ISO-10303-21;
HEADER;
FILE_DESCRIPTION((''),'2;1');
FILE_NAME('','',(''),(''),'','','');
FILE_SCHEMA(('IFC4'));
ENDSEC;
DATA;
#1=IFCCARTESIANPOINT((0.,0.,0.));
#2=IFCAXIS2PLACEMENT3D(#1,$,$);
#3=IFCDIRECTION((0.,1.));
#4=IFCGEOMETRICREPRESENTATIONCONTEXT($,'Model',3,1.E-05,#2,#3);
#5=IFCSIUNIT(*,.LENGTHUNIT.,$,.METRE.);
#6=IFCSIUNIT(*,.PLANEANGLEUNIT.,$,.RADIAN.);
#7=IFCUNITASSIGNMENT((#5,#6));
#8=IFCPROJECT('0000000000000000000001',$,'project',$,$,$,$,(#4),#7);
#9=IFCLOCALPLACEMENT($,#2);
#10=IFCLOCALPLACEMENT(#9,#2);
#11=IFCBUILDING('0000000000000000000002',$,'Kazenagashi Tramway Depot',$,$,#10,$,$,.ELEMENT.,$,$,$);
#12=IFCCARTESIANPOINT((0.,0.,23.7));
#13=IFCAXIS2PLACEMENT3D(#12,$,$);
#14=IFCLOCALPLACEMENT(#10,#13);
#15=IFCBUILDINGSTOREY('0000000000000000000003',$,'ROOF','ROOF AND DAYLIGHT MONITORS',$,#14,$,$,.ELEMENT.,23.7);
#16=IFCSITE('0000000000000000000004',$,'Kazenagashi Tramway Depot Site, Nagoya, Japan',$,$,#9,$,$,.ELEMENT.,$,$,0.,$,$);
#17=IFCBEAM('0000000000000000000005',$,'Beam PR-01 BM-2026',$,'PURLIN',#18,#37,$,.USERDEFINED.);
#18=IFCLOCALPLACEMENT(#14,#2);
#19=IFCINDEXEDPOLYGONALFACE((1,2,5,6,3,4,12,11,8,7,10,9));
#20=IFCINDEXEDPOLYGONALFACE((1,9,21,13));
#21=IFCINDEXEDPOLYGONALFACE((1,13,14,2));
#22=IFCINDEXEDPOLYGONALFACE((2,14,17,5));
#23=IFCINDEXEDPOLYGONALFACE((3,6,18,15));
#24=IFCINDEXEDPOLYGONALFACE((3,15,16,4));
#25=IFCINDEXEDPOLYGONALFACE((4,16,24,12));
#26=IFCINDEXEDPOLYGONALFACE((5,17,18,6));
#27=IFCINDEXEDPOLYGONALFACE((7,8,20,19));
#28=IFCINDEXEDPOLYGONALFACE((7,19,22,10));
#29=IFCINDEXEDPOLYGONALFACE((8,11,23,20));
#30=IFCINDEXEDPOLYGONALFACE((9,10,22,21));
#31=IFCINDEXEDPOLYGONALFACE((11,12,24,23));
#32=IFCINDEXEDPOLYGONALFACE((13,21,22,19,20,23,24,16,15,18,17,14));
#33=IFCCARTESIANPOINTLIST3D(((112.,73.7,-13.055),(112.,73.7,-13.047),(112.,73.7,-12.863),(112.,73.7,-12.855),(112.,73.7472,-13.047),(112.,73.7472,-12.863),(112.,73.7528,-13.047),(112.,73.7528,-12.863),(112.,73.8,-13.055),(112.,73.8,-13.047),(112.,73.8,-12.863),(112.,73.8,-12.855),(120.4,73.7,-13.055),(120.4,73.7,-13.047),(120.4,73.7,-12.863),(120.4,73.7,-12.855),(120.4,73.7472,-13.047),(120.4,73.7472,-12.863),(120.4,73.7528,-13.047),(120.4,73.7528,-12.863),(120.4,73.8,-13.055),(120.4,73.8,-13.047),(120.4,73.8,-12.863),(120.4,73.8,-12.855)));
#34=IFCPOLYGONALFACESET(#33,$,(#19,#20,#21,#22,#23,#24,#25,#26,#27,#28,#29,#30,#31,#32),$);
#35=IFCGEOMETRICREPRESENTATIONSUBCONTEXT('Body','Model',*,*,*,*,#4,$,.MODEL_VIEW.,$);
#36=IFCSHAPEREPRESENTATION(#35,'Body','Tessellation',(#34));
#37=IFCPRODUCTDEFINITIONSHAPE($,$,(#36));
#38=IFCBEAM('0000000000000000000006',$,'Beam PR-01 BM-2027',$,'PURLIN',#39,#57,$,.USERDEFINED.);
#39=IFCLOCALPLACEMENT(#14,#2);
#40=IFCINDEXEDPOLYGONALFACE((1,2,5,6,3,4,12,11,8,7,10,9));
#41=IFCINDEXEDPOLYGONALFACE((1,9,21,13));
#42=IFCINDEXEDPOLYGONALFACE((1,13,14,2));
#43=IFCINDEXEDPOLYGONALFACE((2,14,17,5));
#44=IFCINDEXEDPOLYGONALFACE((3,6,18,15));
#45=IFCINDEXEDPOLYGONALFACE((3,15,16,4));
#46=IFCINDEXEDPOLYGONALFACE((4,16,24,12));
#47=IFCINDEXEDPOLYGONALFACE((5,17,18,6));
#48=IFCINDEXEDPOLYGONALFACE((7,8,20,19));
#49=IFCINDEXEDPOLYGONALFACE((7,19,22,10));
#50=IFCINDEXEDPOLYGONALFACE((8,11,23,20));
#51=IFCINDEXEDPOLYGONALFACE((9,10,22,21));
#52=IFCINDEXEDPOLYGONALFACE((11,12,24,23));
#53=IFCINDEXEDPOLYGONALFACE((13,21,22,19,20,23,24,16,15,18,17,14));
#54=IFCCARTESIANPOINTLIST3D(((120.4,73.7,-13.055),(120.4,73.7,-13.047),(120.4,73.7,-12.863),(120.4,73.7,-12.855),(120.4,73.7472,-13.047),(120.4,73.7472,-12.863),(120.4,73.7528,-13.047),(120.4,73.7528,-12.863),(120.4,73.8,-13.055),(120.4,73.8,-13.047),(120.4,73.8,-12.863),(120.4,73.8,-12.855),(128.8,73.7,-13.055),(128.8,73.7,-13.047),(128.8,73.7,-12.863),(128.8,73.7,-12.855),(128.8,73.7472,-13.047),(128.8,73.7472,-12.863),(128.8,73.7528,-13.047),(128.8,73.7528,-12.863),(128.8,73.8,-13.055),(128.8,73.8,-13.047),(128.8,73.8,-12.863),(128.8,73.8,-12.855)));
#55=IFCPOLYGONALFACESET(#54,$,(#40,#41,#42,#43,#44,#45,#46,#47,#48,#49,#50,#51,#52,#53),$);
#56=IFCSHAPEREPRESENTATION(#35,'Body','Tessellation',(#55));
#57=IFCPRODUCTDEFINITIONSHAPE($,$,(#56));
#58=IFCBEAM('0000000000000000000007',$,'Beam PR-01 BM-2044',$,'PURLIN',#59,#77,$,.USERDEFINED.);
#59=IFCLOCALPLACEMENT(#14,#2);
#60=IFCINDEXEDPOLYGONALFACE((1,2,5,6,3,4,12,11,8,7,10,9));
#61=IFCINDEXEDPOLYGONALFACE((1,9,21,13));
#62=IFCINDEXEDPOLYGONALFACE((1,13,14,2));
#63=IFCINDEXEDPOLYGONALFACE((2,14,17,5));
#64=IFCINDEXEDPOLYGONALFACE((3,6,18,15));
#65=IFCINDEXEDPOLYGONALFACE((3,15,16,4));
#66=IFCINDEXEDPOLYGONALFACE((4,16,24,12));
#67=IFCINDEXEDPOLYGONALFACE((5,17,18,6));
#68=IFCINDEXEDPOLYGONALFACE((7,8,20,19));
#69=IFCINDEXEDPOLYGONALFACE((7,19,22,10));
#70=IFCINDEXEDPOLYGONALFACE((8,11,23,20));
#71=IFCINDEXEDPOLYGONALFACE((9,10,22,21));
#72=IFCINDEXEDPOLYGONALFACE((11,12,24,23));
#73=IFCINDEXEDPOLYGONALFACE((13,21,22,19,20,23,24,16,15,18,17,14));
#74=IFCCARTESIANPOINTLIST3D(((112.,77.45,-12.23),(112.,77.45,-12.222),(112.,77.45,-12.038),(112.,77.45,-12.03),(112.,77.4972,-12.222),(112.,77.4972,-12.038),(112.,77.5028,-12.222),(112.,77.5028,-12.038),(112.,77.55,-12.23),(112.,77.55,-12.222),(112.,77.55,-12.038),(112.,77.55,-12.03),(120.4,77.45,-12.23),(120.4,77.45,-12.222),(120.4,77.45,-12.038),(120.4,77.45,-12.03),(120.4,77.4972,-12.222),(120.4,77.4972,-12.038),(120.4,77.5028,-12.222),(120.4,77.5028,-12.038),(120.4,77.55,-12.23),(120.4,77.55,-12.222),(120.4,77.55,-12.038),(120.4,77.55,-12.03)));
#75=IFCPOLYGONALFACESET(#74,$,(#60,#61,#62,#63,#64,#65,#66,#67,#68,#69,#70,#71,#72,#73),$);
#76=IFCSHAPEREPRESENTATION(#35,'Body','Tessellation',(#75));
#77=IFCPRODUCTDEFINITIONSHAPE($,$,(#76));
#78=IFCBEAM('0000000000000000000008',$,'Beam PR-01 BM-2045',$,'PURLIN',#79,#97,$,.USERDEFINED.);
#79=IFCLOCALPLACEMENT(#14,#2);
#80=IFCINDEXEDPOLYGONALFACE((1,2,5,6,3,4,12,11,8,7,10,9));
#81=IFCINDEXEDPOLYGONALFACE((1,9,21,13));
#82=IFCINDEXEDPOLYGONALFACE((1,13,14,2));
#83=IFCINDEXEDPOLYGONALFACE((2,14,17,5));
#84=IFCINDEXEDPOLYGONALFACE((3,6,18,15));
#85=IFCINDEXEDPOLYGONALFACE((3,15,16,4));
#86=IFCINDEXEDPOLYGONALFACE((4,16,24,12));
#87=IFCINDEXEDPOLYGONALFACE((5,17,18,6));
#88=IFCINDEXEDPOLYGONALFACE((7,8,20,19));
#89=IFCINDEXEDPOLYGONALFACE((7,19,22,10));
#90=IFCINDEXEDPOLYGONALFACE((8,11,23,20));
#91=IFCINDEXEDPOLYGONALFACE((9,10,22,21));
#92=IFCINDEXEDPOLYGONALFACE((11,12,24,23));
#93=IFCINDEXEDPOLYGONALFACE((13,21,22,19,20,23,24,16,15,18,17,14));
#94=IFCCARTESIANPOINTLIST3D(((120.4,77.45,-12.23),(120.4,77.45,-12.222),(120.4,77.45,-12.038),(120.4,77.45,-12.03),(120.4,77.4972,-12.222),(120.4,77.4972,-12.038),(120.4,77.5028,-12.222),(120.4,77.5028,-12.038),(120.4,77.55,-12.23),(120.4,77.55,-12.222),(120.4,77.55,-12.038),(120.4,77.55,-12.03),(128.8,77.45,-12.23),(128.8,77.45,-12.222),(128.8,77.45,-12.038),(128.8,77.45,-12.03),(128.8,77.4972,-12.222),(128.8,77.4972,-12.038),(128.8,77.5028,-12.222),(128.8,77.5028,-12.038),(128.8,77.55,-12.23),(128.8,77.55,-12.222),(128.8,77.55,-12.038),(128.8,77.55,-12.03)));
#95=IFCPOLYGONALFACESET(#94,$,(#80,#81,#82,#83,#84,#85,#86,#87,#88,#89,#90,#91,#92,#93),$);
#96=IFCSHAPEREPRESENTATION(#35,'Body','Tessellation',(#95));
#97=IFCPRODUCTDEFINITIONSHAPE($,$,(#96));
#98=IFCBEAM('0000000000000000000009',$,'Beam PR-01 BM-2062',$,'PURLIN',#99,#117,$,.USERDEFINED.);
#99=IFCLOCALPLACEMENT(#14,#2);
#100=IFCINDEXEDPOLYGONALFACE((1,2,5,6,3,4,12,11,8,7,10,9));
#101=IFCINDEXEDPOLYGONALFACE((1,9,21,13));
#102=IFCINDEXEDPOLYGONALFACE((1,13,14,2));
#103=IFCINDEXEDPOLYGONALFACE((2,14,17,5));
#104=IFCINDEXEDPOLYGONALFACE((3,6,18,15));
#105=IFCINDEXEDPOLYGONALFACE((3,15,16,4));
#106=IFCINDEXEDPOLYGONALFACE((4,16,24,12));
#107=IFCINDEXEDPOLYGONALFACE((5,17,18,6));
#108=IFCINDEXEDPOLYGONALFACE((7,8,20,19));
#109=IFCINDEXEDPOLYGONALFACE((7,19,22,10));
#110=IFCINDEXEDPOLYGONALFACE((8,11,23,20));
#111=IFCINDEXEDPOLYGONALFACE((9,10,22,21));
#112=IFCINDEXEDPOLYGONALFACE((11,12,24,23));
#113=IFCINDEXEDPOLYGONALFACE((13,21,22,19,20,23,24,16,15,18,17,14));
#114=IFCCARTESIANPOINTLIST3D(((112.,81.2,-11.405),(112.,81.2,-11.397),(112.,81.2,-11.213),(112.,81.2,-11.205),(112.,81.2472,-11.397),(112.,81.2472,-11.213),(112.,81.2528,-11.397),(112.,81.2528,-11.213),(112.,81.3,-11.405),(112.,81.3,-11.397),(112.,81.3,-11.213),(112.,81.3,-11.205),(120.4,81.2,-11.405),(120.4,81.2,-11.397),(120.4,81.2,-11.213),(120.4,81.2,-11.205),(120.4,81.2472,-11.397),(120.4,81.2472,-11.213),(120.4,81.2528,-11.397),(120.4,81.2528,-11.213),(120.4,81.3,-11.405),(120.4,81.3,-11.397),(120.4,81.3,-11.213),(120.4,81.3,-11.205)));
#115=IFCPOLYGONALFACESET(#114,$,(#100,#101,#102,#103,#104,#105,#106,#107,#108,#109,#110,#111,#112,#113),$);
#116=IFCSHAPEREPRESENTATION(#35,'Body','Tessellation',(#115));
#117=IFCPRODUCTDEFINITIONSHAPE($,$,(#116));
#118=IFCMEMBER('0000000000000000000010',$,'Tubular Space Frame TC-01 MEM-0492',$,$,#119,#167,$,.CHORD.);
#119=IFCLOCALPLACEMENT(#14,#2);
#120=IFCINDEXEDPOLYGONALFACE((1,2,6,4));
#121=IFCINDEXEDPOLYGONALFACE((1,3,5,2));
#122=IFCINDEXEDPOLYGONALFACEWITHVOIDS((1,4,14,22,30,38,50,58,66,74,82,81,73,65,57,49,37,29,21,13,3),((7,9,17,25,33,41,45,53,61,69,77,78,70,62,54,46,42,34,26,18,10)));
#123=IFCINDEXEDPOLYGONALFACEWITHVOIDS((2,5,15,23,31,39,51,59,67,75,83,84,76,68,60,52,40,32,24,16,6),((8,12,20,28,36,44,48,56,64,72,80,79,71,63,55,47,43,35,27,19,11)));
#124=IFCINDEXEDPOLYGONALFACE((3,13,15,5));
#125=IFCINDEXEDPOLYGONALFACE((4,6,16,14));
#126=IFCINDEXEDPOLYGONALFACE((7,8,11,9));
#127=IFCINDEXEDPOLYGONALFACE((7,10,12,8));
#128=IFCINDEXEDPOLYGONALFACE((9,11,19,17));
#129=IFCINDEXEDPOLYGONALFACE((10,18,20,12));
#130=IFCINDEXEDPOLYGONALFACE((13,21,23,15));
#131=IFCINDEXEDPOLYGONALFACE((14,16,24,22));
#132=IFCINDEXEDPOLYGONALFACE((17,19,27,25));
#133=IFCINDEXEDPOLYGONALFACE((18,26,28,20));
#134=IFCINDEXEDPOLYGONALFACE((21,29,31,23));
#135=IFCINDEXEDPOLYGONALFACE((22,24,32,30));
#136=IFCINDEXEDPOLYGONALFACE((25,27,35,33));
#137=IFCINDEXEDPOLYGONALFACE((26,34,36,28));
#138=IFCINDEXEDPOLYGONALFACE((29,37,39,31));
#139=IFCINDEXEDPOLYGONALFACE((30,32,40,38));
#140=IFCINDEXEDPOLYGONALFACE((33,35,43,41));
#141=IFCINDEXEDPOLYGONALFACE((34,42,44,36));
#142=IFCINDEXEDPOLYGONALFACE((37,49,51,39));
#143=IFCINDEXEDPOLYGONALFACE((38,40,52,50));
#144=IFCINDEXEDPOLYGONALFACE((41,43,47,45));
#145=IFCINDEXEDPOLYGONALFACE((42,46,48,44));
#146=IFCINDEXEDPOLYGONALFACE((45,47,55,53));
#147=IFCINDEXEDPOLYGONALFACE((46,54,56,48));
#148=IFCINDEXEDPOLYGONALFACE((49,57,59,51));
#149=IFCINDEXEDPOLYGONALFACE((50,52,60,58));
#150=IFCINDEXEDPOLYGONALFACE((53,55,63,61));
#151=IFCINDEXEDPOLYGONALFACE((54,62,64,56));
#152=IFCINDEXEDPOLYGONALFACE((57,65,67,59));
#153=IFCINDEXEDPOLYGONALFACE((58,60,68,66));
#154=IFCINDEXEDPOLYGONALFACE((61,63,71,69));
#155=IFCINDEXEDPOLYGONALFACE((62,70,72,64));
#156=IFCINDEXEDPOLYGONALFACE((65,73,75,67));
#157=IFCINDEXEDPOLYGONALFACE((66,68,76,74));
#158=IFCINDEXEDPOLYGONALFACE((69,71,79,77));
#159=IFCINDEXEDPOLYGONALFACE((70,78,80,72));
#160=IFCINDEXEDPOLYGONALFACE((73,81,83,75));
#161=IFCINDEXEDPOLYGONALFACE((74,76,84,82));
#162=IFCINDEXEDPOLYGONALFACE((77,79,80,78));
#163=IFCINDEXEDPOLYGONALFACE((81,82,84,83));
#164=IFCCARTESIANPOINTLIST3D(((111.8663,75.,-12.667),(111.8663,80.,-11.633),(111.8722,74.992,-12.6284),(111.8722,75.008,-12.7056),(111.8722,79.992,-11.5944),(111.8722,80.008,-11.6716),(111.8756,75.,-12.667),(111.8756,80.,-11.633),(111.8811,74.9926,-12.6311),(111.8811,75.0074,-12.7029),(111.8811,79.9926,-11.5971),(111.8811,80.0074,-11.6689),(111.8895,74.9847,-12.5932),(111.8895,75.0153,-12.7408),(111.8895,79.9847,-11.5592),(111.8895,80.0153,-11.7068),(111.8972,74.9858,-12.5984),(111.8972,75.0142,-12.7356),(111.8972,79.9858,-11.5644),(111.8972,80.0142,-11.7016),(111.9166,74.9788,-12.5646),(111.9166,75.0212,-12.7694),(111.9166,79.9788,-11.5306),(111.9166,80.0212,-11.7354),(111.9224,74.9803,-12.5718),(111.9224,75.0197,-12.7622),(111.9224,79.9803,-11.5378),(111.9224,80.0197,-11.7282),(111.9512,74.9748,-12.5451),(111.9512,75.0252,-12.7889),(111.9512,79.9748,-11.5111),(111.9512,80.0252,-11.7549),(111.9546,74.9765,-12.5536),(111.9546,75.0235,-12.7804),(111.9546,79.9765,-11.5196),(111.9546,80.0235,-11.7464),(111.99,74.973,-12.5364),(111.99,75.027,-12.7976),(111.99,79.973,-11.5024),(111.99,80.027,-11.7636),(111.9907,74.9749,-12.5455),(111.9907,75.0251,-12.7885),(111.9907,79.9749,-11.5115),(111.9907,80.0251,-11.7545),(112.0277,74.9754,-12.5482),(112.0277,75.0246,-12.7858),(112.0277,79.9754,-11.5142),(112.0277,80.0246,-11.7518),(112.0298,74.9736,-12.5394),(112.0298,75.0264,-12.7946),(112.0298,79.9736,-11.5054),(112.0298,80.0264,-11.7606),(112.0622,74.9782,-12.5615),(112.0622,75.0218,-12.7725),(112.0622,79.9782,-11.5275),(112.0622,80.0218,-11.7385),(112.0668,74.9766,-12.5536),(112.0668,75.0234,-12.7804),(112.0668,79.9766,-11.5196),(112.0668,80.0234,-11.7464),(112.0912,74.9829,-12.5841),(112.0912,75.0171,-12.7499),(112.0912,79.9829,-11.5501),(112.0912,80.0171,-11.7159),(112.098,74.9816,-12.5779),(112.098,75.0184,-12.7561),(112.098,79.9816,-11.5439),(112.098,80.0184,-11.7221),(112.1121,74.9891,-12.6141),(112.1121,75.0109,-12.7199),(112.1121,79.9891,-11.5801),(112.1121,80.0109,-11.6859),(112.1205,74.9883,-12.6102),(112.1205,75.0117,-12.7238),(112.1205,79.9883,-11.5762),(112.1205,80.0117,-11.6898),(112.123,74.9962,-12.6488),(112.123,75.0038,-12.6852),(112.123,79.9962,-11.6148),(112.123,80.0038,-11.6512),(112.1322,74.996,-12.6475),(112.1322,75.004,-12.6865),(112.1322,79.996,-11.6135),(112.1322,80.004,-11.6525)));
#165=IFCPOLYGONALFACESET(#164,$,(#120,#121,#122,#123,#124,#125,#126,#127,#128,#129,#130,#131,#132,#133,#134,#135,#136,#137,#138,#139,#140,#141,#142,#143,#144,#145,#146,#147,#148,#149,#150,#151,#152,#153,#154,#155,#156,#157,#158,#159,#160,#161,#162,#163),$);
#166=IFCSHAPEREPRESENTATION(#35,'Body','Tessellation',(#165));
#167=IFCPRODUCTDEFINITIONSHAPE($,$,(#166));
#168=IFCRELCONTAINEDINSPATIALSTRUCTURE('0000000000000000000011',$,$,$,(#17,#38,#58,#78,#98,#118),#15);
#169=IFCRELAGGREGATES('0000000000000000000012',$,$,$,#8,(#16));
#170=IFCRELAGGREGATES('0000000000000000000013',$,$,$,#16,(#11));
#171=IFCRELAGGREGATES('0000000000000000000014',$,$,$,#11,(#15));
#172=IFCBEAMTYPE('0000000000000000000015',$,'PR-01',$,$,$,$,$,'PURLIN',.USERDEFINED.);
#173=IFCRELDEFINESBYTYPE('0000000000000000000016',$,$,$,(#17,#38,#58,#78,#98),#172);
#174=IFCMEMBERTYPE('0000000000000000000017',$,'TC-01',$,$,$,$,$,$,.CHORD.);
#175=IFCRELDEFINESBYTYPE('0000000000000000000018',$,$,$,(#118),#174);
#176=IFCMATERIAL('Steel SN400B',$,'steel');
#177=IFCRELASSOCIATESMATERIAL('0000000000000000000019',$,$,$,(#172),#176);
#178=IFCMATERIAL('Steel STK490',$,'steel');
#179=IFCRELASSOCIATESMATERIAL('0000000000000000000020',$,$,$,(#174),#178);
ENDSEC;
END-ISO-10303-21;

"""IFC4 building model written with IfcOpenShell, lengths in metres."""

from ifc_helpers import new_model, si_unit, direction, frame, origin, origin_2d, place, context, subcontext, project, spatial, hollow_circle, i_section, extrude, material, material_profile, profile_set, type_object, element, save


model = new_model("IFC4")

# Units and contexts
model_context = context("Model", 3, precision=1e-05, world=origin(), true_north=direction((0.0, 1.0)))
body_context = subcontext(model_context, "Body", "Model", "MODEL_VIEW")
ifc_project = project(units=[si_unit("LENGTHUNIT", "METRE"), si_unit("PLANEANGLEUNIT", "RADIAN")], contexts=[model_context])

# Site, building, storey
site_placement = place(None, origin())
site = spatial("IfcSite", under=ifc_project, at=site_placement, Name="Kazenagashi Tramway Depot Site, Nagoya, Japan", CompositionType="ELEMENT", RefElevation=0.0)
building_placement = place(site_placement, origin())
building = spatial("IfcBuilding", under=site, at=building_placement, Name="Kazenagashi Tramway Depot", CompositionType="ELEMENT")
storey_placement = place(building_placement, frame((0.0, 0.0, 23.7)))
storey = spatial("IfcBuildingStorey", under=building, at=storey_placement, Name="ROOF", Description="ROOF AND DAYLIGHT MONITORS", CompositionType="ELEMENT", Elevation=23.7)

# Beams
ifc_material_1 = material(Name="Steel SN400B", Category="steel")
ifc_material_profile_1 = material_profile(ifc_material_1, i_section(OverallWidth=0.1, OverallDepth=0.2, WebThickness=0.0055, FlangeThickness=0.008, at=origin_2d()), Name="H-200x100x5.5x8")
ifc_profile_set_1 = profile_set([ifc_material_profile_1], Name="Steel SN400B")
beam_type = type_object("IfcBeamType", Name="PR-01", ElementType="PURLIN", PredefinedType="USERDEFINED", material=ifc_profile_set_1)
for number, where, z_axis, x_axis, name in (
    (1, (112.0, 73.75, -12.955), (1.0, 0.0, 0.0), (0.0, 1.0, 0.0), "Beam PR-01 BM-2026"),
    (2, (120.4, 73.75, -12.955), (1.0, 0.0, 0.0), (0.0, 1.0, 0.0), "Beam PR-01 BM-2027"),
    (3, (112.0, 77.5, -12.13), (1.0, 0.0, 0.0), (0.0, 1.0, 0.0), "Beam PR-01 BM-2044"),
    (4, (120.4, 77.5, -12.13), (1.0, 0.0, 0.0), (0.0, 1.0, 0.0), "Beam PR-01 BM-2045"),
    (5, (112.0, 81.25, -11.305), (1.0, 0.0, 0.0), (0.0, 1.0, 0.0), "Beam PR-01 BM-2062"),
):
    element("IfcBeam", number, at=place(storey_placement, frame(where, z_axis=z_axis, x_axis=x_axis)), inside=storey, type_object=beam_type, Name=name, ObjectType="PURLIN", PredefinedType="USERDEFINED", context=body_context, shape_type="SweptSolid", body=[
        extrude(i_section(OverallWidth=0.1, OverallDepth=0.2, WebThickness=0.0055, FlangeThickness=0.008, at=origin_2d()), origin(), (0.0, 0.0, 1.0), 8.4),
    ])

# Member
ifc_material_2 = material(Name="Steel STK490", Category="steel")
ifc_material_profile_2 = material_profile(ifc_material_2, hollow_circle(Radius=0.1337, WallThickness=0.0093, at=origin_2d()), Name="CHS-267.4x9.3")
ifc_profile_set_2 = profile_set([ifc_material_profile_2], Name="Steel STK490")
member_type_1 = type_object("IfcMemberType", Name="TC-01", PredefinedType="CHORD", material=ifc_profile_set_2)
member_1_placement = place(storey_placement, frame((112.0, 75.0, -12.667), z_axis=(0.0, 0.979279, 0.202515), x_axis=(-1.0, 0.0, 0.0)))
element("IfcMember", 6, at=member_1_placement, inside=storey, type_object=member_type_1, Name="Tubular Space Frame TC-01 MEM-0492", PredefinedType="CHORD", context=body_context, shape_type="SweptSolid", body=[
    extrude(hollow_circle(Radius=0.1337, WallThickness=0.0093, at=origin_2d()), origin(), (0.0, 0.0, 1.0), 5.1058),
])

save(model, "model.ifc")
